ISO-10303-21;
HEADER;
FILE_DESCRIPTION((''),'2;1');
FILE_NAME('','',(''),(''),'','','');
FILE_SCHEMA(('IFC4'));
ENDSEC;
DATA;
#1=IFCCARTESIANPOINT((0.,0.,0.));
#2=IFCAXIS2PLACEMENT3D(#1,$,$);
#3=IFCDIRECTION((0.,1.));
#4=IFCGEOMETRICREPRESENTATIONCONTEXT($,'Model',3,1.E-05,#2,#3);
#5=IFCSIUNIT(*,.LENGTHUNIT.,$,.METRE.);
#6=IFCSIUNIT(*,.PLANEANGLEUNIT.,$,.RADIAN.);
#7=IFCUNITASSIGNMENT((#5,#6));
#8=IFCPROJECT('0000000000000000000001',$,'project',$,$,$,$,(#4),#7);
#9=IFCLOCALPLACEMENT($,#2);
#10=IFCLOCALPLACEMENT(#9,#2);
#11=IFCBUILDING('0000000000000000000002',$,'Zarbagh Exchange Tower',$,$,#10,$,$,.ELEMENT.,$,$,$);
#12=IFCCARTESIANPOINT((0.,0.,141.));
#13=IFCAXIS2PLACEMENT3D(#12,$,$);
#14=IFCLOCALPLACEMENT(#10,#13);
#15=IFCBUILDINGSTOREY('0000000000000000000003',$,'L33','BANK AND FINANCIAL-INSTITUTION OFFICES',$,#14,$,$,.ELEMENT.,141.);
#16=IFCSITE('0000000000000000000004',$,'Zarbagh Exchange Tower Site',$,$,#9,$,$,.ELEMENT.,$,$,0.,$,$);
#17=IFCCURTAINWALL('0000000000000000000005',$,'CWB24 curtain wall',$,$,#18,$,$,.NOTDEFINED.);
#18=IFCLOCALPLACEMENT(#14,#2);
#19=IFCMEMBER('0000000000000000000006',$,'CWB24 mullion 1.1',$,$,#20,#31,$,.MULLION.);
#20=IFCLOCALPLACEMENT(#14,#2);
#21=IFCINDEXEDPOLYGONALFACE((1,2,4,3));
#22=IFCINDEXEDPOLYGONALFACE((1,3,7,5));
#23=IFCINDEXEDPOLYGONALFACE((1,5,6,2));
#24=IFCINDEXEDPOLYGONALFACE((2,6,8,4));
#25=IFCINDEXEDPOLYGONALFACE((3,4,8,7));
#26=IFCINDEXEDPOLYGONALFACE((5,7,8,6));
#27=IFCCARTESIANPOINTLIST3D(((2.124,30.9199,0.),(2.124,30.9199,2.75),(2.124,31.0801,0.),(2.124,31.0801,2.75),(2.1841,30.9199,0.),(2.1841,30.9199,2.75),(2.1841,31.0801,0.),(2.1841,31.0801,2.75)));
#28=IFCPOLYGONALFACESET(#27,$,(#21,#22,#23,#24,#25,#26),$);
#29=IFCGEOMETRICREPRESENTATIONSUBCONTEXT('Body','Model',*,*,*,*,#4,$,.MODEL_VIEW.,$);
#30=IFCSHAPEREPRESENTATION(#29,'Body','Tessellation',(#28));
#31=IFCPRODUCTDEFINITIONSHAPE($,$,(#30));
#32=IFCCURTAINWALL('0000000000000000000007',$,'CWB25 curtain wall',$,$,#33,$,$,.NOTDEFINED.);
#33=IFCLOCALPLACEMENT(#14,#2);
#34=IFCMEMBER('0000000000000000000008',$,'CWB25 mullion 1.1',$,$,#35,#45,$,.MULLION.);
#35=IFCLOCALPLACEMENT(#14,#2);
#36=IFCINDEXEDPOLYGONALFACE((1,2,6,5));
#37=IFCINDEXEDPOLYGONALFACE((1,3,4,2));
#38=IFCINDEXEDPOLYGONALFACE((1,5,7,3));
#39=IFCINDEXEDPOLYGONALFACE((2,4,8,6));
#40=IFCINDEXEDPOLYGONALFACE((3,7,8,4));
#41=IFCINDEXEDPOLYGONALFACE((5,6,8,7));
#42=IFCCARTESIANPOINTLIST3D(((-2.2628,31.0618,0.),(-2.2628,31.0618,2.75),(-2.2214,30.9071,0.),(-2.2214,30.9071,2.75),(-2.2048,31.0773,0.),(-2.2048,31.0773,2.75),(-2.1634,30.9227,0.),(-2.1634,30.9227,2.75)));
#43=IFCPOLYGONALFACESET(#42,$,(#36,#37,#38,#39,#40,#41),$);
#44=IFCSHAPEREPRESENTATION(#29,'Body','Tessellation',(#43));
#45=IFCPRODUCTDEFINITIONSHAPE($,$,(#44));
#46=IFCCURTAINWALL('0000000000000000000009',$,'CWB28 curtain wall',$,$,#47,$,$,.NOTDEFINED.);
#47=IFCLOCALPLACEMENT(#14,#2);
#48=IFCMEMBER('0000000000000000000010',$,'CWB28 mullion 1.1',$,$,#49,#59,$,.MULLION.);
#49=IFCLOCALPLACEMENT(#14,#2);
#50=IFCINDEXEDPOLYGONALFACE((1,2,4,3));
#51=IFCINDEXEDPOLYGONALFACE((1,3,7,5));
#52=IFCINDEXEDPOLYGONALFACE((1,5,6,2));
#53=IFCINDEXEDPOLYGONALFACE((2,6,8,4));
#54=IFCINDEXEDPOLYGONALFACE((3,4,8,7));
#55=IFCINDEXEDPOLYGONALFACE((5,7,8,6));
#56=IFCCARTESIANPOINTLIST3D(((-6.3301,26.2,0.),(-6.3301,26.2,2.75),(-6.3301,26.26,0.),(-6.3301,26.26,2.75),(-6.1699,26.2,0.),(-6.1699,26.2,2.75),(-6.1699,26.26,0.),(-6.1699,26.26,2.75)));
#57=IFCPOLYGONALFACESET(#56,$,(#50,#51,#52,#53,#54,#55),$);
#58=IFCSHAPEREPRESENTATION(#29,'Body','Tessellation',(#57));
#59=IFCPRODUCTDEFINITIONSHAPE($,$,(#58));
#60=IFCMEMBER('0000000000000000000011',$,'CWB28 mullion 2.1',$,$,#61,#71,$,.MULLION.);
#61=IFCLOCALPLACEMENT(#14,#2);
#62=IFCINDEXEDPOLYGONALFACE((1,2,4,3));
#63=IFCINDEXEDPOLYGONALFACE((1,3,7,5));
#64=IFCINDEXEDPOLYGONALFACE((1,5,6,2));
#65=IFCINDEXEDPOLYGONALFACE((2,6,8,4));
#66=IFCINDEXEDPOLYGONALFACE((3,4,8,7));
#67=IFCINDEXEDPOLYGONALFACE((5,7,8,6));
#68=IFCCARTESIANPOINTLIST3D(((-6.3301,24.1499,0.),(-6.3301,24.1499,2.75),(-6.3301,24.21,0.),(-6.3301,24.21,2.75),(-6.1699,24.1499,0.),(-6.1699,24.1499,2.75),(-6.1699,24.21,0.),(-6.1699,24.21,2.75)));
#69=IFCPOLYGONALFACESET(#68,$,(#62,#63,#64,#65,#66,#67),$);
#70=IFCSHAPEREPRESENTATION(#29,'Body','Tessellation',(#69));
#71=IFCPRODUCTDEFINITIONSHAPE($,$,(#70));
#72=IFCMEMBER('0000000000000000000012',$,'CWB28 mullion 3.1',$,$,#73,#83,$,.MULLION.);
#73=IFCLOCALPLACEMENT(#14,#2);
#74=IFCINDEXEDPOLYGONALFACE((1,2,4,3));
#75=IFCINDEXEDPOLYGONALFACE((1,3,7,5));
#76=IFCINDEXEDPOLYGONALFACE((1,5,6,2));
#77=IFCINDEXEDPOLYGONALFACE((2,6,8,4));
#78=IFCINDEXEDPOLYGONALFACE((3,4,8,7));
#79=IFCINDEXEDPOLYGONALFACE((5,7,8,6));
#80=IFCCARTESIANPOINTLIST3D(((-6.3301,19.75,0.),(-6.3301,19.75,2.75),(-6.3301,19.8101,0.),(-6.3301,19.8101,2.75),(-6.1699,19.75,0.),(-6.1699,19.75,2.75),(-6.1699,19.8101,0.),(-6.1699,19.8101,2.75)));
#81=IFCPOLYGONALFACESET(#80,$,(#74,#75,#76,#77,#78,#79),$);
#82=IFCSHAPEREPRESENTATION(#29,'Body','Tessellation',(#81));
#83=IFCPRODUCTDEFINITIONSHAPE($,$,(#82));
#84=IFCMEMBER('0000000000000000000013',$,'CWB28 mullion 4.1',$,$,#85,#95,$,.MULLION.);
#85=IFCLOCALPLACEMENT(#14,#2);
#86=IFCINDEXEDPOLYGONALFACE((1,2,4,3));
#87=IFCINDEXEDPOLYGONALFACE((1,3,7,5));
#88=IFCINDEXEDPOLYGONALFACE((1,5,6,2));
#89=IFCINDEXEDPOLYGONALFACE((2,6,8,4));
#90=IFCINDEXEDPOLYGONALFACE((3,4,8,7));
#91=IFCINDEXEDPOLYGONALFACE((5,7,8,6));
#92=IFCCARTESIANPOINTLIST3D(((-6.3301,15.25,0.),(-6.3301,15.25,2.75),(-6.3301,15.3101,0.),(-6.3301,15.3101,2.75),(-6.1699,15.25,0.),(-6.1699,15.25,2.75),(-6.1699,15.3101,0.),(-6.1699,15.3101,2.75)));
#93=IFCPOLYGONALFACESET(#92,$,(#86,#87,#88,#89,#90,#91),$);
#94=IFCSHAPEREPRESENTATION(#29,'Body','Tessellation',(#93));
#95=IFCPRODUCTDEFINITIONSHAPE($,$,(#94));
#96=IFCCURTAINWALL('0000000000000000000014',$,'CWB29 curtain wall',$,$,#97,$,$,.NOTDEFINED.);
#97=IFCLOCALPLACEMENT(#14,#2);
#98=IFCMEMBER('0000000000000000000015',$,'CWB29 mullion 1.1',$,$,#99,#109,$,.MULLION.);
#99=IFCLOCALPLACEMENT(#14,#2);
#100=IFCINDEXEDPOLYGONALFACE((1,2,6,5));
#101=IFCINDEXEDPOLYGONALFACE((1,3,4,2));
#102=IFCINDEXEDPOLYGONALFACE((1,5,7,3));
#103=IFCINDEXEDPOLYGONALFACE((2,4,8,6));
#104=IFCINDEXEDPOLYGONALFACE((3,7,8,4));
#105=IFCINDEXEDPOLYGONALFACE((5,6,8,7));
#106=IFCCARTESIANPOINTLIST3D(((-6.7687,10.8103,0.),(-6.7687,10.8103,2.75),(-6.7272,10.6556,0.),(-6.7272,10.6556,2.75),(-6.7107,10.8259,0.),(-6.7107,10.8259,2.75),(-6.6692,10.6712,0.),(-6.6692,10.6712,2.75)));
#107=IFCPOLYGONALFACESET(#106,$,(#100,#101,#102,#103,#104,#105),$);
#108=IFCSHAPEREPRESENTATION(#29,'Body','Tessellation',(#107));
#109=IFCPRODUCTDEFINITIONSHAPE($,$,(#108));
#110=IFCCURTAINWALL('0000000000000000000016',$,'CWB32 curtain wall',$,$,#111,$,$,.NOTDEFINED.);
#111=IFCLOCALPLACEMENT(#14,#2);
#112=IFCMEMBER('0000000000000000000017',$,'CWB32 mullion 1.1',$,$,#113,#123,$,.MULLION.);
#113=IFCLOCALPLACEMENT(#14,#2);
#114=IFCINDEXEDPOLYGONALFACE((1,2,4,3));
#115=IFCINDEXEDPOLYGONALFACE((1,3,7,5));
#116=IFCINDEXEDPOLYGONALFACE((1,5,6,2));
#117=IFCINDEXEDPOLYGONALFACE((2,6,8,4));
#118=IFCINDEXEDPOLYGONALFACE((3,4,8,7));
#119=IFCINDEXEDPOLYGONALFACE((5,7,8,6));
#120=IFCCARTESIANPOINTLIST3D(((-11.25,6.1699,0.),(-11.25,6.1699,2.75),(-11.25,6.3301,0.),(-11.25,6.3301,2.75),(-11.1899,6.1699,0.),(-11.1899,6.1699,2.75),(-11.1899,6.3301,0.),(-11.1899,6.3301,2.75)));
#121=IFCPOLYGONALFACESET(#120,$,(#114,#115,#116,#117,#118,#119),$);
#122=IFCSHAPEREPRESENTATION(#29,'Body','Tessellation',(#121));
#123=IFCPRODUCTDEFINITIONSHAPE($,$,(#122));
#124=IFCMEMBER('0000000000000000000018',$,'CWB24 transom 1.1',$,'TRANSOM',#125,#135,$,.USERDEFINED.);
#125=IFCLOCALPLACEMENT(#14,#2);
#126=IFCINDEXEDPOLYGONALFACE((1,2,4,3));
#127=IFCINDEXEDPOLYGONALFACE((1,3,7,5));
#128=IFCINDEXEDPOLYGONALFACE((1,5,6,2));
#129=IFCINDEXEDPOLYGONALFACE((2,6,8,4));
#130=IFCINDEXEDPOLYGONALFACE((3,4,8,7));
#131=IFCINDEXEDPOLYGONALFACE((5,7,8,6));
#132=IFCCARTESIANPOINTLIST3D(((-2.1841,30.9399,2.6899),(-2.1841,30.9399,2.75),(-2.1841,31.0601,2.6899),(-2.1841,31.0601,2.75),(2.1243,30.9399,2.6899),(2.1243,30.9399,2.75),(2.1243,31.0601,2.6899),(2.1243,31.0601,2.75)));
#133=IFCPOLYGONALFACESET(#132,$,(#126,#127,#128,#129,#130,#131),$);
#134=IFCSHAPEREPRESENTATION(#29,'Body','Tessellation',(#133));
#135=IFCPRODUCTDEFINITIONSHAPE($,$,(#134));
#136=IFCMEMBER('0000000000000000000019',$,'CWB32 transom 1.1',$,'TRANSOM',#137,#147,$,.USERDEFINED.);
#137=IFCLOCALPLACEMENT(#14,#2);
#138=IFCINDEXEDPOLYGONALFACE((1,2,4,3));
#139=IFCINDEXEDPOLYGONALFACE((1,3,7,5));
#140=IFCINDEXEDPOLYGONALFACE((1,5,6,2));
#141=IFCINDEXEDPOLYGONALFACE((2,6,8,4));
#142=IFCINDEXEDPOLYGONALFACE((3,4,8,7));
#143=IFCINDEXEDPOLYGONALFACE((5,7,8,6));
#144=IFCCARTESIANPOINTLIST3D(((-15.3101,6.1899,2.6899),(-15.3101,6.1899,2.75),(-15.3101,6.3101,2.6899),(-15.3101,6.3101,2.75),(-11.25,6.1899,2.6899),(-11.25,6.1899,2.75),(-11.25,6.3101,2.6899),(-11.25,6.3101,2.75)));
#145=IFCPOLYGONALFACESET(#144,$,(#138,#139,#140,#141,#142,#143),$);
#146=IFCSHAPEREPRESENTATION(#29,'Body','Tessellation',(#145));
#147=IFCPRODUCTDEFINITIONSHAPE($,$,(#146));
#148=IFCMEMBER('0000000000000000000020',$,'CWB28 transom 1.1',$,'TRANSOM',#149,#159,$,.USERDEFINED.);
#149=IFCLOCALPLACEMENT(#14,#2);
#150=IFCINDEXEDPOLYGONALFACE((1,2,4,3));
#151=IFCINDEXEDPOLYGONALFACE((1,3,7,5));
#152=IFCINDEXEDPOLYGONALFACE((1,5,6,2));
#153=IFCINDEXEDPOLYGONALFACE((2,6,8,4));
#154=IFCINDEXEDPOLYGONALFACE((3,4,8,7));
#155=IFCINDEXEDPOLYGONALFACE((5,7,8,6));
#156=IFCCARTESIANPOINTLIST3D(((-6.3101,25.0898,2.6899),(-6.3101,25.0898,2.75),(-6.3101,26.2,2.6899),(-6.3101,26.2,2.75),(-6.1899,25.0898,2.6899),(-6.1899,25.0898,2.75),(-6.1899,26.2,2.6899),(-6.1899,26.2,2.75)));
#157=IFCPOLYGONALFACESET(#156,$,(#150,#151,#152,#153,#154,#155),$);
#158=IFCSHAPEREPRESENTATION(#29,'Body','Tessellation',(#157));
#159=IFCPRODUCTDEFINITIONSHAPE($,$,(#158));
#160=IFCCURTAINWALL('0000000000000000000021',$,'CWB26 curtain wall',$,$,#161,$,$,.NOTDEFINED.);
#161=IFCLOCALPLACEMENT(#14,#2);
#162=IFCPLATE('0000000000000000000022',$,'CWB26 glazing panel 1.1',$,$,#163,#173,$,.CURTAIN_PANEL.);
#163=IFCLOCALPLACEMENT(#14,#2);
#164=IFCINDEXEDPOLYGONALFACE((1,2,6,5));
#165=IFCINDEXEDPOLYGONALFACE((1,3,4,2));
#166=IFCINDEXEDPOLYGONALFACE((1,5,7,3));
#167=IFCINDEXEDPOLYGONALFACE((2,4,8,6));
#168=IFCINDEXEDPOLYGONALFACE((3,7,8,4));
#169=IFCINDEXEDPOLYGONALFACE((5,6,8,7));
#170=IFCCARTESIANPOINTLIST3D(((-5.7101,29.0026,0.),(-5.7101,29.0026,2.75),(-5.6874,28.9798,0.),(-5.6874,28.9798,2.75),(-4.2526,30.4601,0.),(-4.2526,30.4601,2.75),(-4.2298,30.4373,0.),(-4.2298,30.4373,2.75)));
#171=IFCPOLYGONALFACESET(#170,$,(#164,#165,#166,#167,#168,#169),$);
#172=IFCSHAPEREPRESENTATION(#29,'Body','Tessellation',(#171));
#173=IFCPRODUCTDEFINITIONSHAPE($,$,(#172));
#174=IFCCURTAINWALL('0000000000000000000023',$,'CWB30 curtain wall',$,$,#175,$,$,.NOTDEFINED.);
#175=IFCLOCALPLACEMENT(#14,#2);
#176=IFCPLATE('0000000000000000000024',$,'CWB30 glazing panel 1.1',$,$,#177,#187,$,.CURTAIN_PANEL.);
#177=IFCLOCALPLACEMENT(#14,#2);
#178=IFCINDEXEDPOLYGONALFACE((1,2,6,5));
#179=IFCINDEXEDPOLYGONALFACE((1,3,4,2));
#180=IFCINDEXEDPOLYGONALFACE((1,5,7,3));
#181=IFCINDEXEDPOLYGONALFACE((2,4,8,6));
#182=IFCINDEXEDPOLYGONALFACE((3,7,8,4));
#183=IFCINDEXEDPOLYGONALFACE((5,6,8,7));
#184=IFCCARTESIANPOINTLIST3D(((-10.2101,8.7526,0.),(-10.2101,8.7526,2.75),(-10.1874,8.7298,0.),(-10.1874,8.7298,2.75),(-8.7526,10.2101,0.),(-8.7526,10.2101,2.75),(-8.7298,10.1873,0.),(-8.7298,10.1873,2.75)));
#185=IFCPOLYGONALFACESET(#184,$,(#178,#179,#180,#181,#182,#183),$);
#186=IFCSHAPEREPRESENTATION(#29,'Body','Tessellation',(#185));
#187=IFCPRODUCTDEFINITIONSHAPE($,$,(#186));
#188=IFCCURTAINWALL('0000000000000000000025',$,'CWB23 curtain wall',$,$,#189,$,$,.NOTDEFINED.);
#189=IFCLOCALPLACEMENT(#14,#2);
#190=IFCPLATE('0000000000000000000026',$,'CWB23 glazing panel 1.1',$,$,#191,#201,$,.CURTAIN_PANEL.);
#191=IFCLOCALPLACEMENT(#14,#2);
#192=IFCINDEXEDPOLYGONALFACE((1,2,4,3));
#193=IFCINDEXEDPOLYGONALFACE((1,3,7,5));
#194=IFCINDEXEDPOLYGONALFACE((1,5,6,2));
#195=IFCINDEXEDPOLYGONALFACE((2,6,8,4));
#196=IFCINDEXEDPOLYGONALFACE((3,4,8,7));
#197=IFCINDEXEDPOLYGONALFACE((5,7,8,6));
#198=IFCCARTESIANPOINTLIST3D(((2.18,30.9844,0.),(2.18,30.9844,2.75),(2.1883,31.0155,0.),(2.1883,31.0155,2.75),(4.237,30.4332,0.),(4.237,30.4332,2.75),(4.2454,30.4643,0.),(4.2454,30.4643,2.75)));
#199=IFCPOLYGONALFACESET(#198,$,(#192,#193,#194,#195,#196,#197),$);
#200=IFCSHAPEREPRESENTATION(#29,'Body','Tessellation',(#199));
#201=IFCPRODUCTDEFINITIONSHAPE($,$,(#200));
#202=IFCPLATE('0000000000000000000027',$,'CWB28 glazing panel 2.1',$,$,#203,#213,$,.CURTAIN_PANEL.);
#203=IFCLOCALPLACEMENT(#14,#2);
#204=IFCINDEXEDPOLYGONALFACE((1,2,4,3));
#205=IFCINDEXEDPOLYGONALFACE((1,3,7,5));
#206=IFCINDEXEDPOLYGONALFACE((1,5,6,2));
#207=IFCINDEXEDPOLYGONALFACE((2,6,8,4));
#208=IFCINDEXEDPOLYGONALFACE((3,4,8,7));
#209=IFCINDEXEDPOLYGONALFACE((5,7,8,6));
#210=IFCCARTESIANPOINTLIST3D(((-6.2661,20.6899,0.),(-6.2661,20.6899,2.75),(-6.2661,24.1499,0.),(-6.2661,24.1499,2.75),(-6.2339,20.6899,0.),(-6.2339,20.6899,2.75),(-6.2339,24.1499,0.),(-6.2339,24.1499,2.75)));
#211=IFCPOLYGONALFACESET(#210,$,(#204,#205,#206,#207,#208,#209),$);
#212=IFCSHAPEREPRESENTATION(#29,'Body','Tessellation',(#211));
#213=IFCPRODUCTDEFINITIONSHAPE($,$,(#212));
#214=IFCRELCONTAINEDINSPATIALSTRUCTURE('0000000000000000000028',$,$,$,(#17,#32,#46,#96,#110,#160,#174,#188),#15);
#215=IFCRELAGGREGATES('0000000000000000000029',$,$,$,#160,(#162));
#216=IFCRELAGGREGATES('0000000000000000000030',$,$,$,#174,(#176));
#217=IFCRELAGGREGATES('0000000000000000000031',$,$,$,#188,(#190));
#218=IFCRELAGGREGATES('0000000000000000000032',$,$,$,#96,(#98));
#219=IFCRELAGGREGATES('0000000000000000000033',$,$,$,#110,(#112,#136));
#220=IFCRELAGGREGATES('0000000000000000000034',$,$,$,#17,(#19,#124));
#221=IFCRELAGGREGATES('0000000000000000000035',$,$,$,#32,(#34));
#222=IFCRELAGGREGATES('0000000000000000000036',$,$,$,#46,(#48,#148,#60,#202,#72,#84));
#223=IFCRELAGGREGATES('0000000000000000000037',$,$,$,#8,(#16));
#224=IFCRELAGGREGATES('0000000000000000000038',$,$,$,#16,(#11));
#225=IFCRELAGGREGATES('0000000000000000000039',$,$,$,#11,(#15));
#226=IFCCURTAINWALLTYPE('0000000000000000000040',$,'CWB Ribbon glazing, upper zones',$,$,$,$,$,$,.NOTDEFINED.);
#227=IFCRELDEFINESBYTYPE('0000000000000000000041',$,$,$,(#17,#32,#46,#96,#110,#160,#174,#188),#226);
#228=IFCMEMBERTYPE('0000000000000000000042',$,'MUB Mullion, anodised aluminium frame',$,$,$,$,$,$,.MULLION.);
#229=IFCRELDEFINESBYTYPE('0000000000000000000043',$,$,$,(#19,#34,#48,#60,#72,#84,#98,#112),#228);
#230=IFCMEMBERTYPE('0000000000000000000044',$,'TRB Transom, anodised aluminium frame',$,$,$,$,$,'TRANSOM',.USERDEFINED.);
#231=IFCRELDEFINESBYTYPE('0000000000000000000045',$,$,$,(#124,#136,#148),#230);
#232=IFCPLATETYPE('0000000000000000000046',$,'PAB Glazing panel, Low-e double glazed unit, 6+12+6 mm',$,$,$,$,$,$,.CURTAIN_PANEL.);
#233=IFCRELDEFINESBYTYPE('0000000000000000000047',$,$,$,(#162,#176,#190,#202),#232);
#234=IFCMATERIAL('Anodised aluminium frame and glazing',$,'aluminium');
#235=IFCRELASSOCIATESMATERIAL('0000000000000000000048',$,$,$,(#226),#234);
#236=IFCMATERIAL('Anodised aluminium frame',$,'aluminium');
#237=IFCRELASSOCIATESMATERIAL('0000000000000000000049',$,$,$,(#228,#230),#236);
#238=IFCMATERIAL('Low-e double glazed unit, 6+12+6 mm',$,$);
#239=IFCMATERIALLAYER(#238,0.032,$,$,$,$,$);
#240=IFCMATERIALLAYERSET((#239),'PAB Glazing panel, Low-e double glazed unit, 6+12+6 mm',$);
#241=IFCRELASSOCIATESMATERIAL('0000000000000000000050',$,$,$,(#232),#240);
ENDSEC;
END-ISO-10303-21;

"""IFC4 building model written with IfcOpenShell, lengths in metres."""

from ifc_helpers import new_model, si_unit, direction, frame, origin, place, context, subcontext, project, spatial, polyline, outline, extrude, source, transform, mapped, material, layer, layer_set, type_object, element, aggregate, save


model = new_model("IFC4")

# Units and contexts
model_context = context("Model", 3, precision=1e-05, world=origin(), true_north=direction((0.0, 1.0)))
body_context = subcontext(model_context, "Body", "Model", "MODEL_VIEW")
ifc_project = project(units=[si_unit("LENGTHUNIT", "METRE"), si_unit("PLANEANGLEUNIT", "RADIAN")], contexts=[model_context])

# Site, building, storey
site_placement = place(None, origin())
site = spatial("IfcSite", under=ifc_project, at=site_placement, Name="Zarbagh Exchange Tower Site", CompositionType="ELEMENT", RefElevation=0.0)
building_placement = place(site_placement, origin())
building = spatial("IfcBuilding", under=site, at=building_placement, Name="Zarbagh Exchange Tower", CompositionType="ELEMENT")
storey_placement = place(building_placement, frame((0.0, 0.0, 141.0)))
storey = spatial("IfcBuildingStorey", under=building, at=storey_placement, Name="L33", Description="BANK AND FINANCIAL-INSTITUTION OFFICES", CompositionType="ELEMENT", Elevation=141.0)

# Curtain walls, members
ifc_material_1 = material(Name="Anodised aluminium frame and glazing", Category="aluminium")
curtain_wall_type = type_object("IfcCurtainWallType", Name="CWB Ribbon glazing, upper zones", PredefinedType="NOTDEFINED", material=ifc_material_1)
curtain_wall_1_placement = place(storey_placement, origin())
curtain_wall_1 = element("IfcCurtainWall", 1, at=curtain_wall_1_placement, inside=storey, type_object=curtain_wall_type, Name="CWB24 curtain wall", PredefinedType="NOTDEFINED")
ifc_material_2 = material(Name="Anodised aluminium frame", Category="aluminium")
member_type_1 = type_object("IfcMemberType", Name="MUB Mullion, anodised aluminium frame", PredefinedType="MULLION", material=ifc_material_2)
shared_shape_1 = source(origin(), body_context, "Body", "SweptSolid", [
    extrude(outline(polyline([(0.0, -0.0801), (0.0601, -0.0801), (0.0601, 0.0801), (0.0, 0.0801), (0.0, -0.0801)])), origin(), (0.0, 0.0, 1.0), 2.75),
])
placement = place(storey_placement, origin())
member_1 = element("IfcMember", 2, at=placement, type_object=member_type_1, Name="CWB24 mullion 1.1", PredefinedType="MULLION", context=body_context, shape_type="MappedRepresentation", body=[
    mapped(shared_shape_1, transform((2.1841, 31.0, 0.0), x_axis=(-1.0, 0.0, 0.0), y_axis=(0.0, -1.0, 0.0), z_axis=(0.0, 0.0, 1.0))),
])
curtain_wall_2_placement = place(storey_placement, origin())
curtain_wall_2 = element("IfcCurtainWall", 3, at=curtain_wall_2_placement, inside=storey, type_object=curtain_wall_type, Name="CWB25 curtain wall", PredefinedType="NOTDEFINED")
member_2 = element("IfcMember", 4, at=placement, type_object=member_type_1, Name="CWB25 mullion 1.1", PredefinedType="MULLION", context=body_context, shape_type="MappedRepresentation", body=[
    mapped(shared_shape_1, transform((-2.1841, 31.0, 0.0), x_axis=(-0.965924, -0.258825, 0.0), y_axis=(0.258825, -0.965924, 0.0), z_axis=(0.0, 0.0, 1.0))),
])

# Curtain wall, members
curtain_wall_3_placement = place(storey_placement, origin())
curtain_wall_3 = element("IfcCurtainWall", 5, at=curtain_wall_3_placement, inside=storey, type_object=curtain_wall_type, Name="CWB28 curtain wall", PredefinedType="NOTDEFINED")
member_3 = element("IfcMember", 6, at=placement, type_object=member_type_1, Name="CWB28 mullion 1.1", PredefinedType="MULLION", context=body_context, shape_type="MappedRepresentation", body=[
    mapped(shared_shape_1, transform((-6.25, 26.26, 0.0), x_axis=(0.0, -1.0, 0.0), y_axis=(1.0, 0.0, 0.0), z_axis=(0.0, 0.0, 1.0))),
])
member_4 = element("IfcMember", 7, at=placement, type_object=member_type_1, Name="CWB28 mullion 2.1", PredefinedType="MULLION", context=body_context, shape_type="MappedRepresentation", body=[
    mapped(shared_shape_1, transform((-6.25, 24.21, 0.0), x_axis=(0.0, -1.0, 0.0), y_axis=(1.0, 0.0, 0.0), z_axis=(0.0, 0.0, 1.0))),
])
member_5 = element("IfcMember", 8, at=placement, type_object=member_type_1, Name="CWB28 mullion 3.1", PredefinedType="MULLION", context=body_context, shape_type="MappedRepresentation", body=[
    mapped(shared_shape_1, transform((-6.25, 19.8101, 0.0), x_axis=(0.0, -1.0, 0.0), y_axis=(1.0, 0.0, 0.0), z_axis=(0.0, 0.0, 1.0))),
])
member_6 = element("IfcMember", 9, at=placement, type_object=member_type_1, Name="CWB28 mullion 4.1", PredefinedType="MULLION", context=body_context, shape_type="MappedRepresentation", body=[
    mapped(shared_shape_1, transform((-6.25, 15.3101, 0.0), x_axis=(0.0, -1.0, 0.0), y_axis=(1.0, 0.0, 0.0), z_axis=(0.0, 0.0, 1.0))),
])

# Curtain walls, members
curtain_wall_4_placement = place(storey_placement, origin())
curtain_wall_4 = element("IfcCurtainWall", 10, at=curtain_wall_4_placement, inside=storey, type_object=curtain_wall_type, Name="CWB29 curtain wall", PredefinedType="NOTDEFINED")
member_7 = element("IfcMember", 11, at=placement, type_object=member_type_1, Name="CWB29 mullion 1.1", PredefinedType="MULLION", context=body_context, shape_type="MappedRepresentation", body=[
    mapped(shared_shape_1, transform((-6.6899, 10.7485, 0.0), x_axis=(-0.965924, -0.258825, 0.0), y_axis=(0.258825, -0.965924, 0.0), z_axis=(0.0, 0.0, 1.0))),
])
curtain_wall_5_placement = place(storey_placement, origin())
curtain_wall_5 = element("IfcCurtainWall", 12, at=curtain_wall_5_placement, inside=storey, type_object=curtain_wall_type, Name="CWB32 curtain wall", PredefinedType="NOTDEFINED")
member_8 = element("IfcMember", 13, at=placement, type_object=member_type_1, Name="CWB32 mullion 1.1", PredefinedType="MULLION", context=body_context, shape_type="MappedRepresentation", body=[
    mapped(shared_shape_1, transform((-11.1899, 6.25, 0.0), x_axis=(-1.0, 0.0, 0.0), y_axis=(0.0, -1.0, 0.0), z_axis=(0.0, 0.0, 1.0))),
])

# Members
member_type_2 = type_object("IfcMemberType", Name="TRB Transom, anodised aluminium frame", ElementType="TRANSOM", PredefinedType="USERDEFINED", material=ifc_material_2)
shared_shape_2 = source(origin(), body_context, "Body", "SweptSolid", [
    extrude(outline(polyline([(-0.0601, -0.0601), (0.0, -0.0601), (0.0, 0.0601), (-0.0601, 0.0601), (-0.0601, -0.0601)])), origin(), (0.0, 0.0, 1.0), 4.3083),
])
member_9 = element("IfcMember", 14, at=placement, type_object=member_type_2, Name="CWB24 transom 1.1", ObjectType="TRANSOM", PredefinedType="USERDEFINED", context=body_context, shape_type="MappedRepresentation", body=[
    mapped(shared_shape_2, transform((2.1243, 31.0, 2.75), x_axis=(0.0, 0.0, 1.0), y_axis=(0.0, 1.0, 0.0), z_axis=(-1.0, 0.0, 0.0))),
])
shared_shape_3 = source(origin(), body_context, "Body", "SweptSolid", [
    extrude(outline(polyline([(-0.0601, -0.0601), (0.0, -0.0601), (0.0, 0.0601), (-0.0601, 0.0601), (-0.0601, -0.0601)])), origin(), (0.0, 0.0, 1.0), 4.0601),
])
member_10 = element("IfcMember", 15, at=placement, type_object=member_type_2, Name="CWB32 transom 1.1", ObjectType="TRANSOM", PredefinedType="USERDEFINED", context=body_context, shape_type="MappedRepresentation", body=[
    mapped(shared_shape_3, transform((-11.25, 6.25, 2.75), x_axis=(0.0, 0.0, 1.0), y_axis=(0.0, 1.0, 0.0), z_axis=(-1.0, 0.0, 0.0))),
])
shared_shape_4 = source(origin(), body_context, "Body", "SweptSolid", [
    extrude(outline(polyline([(-0.0601, -0.0601), (0.0, -0.0601), (0.0, 0.0601), (-0.0601, 0.0601), (-0.0601, -0.0601)])), origin(), (0.0, 0.0, 1.0), 1.1101),
])
member_11 = element("IfcMember", 16, at=placement, type_object=member_type_2, Name="CWB28 transom 1.1", ObjectType="TRANSOM", PredefinedType="USERDEFINED", context=body_context, shape_type="MappedRepresentation", body=[
    mapped(shared_shape_4, transform((-6.25, 26.2, 2.75), x_axis=(0.0, 0.0, 1.0), y_axis=(-1.0, 0.0, 0.0), z_axis=(0.0, -1.0, 0.0))),
])

# Curtain walls, plates
curtain_wall_6_placement = place(storey_placement, origin())
curtain_wall_6 = element("IfcCurtainWall", 17, at=curtain_wall_6_placement, inside=storey, type_object=curtain_wall_type, Name="CWB26 curtain wall", PredefinedType="NOTDEFINED")
ifc_material_3 = material(Name="Low-e double glazed unit, 6+12+6 mm")
ifc_layer = layer(ifc_material_3, 0.032)
ifc_layer_set = layer_set([ifc_layer], Name="PAB Glazing panel, Low-e double glazed unit, 6+12+6 mm")
plate_type = type_object("IfcPlateType", Name="PAB Glazing panel, Low-e double glazed unit, 6+12+6 mm", PredefinedType="CURTAIN_PANEL", material=ifc_layer_set)
shared_shape_5 = source(origin(), body_context, "Body", "SweptSolid", [
    extrude(outline(polyline([(0.0, -0.0161), (2.0613, -0.0161), (2.0613, 0.0161), (0.0, 0.0161), (0.0, -0.0161)])), origin(), (0.0, 0.0, 1.0), 2.75),
])
plate_1 = element("IfcPlate", 18, at=placement, type_object=plate_type, Name="CWB26 glazing panel 1.1", PredefinedType="CURTAIN_PANEL", context=body_context, shape_type="MappedRepresentation", body=[
    mapped(shared_shape_5, transform((-4.2412, 30.4487, 0.0), x_axis=(-0.707107, -0.707107, 0.0), y_axis=(0.707107, -0.707107, 0.0), z_axis=(0.0, 0.0, 1.0))),
])
aggregate(curtain_wall_6, [plate_1])
curtain_wall_7_placement = place(storey_placement, origin())
curtain_wall_7 = element("IfcCurtainWall", 19, at=curtain_wall_7_placement, inside=storey, type_object=curtain_wall_type, Name="CWB30 curtain wall", PredefinedType="NOTDEFINED")
plate_2 = element("IfcPlate", 20, at=placement, type_object=plate_type, Name="CWB30 glazing panel 1.1", PredefinedType="CURTAIN_PANEL", context=body_context, shape_type="MappedRepresentation", body=[
    mapped(shared_shape_5, transform((-8.7412, 10.1987, 0.0), x_axis=(-0.707107, -0.707107, 0.0), y_axis=(0.707107, -0.707107, 0.0), z_axis=(0.0, 0.0, 1.0))),
])
aggregate(curtain_wall_7, [plate_2])
curtain_wall_8_placement = place(storey_placement, origin())
curtain_wall_8 = element("IfcCurtainWall", 21, at=curtain_wall_8_placement, inside=storey, type_object=curtain_wall_type, Name="CWB23 curtain wall", PredefinedType="NOTDEFINED")
shared_shape_6 = source(origin(), body_context, "Body", "SweptSolid", [
    extrude(outline(polyline([(0.0, -0.0161), (2.1296, -0.0161), (2.1296, 0.0161), (0.0, 0.0161), (0.0, -0.0161)])), origin(), (0.0, 0.0, 1.0), 2.75),
])
plate_3 = element("IfcPlate", 22, at=placement, type_object=plate_type, Name="CWB23 glazing panel 1.1", PredefinedType="CURTAIN_PANEL", context=body_context, shape_type="MappedRepresentation", body=[
    mapped(shared_shape_6, transform((4.2412, 30.4487, 0.0), x_axis=(-0.965924, 0.258825, 0.0), y_axis=(-0.258825, -0.965924, 0.0), z_axis=(0.0, 0.0, 1.0))),
])
aggregate(curtain_wall_8, [plate_3])

# Plate
shared_shape_7 = source(origin(), body_context, "Body", "SweptSolid", [
    extrude(outline(polyline([(0.0, -0.0161), (3.46, -0.0161), (3.46, 0.0161), (0.0, 0.0161), (0.0, -0.0161)])), origin(), (0.0, 0.0, 1.0), 2.75),
])
plate_4 = element("IfcPlate", 23, at=placement, type_object=plate_type, Name="CWB28 glazing panel 2.1", PredefinedType="CURTAIN_PANEL", context=body_context, shape_type="MappedRepresentation", body=[
    mapped(shared_shape_7, transform((-6.25, 24.1499, 0.0), x_axis=(0.0, -1.0, 0.0), y_axis=(1.0, 0.0, 0.0), z_axis=(0.0, 0.0, 1.0))),
])
aggregate(curtain_wall_4, [member_7])

aggregate(curtain_wall_5, [member_8, member_10])
aggregate(curtain_wall_1, [member_1, member_9])
aggregate(curtain_wall_2, [member_2])

aggregate(curtain_wall_3, [member_3, member_11, member_4, plate_4, member_5, member_6])

save(model, "model.ifc")
